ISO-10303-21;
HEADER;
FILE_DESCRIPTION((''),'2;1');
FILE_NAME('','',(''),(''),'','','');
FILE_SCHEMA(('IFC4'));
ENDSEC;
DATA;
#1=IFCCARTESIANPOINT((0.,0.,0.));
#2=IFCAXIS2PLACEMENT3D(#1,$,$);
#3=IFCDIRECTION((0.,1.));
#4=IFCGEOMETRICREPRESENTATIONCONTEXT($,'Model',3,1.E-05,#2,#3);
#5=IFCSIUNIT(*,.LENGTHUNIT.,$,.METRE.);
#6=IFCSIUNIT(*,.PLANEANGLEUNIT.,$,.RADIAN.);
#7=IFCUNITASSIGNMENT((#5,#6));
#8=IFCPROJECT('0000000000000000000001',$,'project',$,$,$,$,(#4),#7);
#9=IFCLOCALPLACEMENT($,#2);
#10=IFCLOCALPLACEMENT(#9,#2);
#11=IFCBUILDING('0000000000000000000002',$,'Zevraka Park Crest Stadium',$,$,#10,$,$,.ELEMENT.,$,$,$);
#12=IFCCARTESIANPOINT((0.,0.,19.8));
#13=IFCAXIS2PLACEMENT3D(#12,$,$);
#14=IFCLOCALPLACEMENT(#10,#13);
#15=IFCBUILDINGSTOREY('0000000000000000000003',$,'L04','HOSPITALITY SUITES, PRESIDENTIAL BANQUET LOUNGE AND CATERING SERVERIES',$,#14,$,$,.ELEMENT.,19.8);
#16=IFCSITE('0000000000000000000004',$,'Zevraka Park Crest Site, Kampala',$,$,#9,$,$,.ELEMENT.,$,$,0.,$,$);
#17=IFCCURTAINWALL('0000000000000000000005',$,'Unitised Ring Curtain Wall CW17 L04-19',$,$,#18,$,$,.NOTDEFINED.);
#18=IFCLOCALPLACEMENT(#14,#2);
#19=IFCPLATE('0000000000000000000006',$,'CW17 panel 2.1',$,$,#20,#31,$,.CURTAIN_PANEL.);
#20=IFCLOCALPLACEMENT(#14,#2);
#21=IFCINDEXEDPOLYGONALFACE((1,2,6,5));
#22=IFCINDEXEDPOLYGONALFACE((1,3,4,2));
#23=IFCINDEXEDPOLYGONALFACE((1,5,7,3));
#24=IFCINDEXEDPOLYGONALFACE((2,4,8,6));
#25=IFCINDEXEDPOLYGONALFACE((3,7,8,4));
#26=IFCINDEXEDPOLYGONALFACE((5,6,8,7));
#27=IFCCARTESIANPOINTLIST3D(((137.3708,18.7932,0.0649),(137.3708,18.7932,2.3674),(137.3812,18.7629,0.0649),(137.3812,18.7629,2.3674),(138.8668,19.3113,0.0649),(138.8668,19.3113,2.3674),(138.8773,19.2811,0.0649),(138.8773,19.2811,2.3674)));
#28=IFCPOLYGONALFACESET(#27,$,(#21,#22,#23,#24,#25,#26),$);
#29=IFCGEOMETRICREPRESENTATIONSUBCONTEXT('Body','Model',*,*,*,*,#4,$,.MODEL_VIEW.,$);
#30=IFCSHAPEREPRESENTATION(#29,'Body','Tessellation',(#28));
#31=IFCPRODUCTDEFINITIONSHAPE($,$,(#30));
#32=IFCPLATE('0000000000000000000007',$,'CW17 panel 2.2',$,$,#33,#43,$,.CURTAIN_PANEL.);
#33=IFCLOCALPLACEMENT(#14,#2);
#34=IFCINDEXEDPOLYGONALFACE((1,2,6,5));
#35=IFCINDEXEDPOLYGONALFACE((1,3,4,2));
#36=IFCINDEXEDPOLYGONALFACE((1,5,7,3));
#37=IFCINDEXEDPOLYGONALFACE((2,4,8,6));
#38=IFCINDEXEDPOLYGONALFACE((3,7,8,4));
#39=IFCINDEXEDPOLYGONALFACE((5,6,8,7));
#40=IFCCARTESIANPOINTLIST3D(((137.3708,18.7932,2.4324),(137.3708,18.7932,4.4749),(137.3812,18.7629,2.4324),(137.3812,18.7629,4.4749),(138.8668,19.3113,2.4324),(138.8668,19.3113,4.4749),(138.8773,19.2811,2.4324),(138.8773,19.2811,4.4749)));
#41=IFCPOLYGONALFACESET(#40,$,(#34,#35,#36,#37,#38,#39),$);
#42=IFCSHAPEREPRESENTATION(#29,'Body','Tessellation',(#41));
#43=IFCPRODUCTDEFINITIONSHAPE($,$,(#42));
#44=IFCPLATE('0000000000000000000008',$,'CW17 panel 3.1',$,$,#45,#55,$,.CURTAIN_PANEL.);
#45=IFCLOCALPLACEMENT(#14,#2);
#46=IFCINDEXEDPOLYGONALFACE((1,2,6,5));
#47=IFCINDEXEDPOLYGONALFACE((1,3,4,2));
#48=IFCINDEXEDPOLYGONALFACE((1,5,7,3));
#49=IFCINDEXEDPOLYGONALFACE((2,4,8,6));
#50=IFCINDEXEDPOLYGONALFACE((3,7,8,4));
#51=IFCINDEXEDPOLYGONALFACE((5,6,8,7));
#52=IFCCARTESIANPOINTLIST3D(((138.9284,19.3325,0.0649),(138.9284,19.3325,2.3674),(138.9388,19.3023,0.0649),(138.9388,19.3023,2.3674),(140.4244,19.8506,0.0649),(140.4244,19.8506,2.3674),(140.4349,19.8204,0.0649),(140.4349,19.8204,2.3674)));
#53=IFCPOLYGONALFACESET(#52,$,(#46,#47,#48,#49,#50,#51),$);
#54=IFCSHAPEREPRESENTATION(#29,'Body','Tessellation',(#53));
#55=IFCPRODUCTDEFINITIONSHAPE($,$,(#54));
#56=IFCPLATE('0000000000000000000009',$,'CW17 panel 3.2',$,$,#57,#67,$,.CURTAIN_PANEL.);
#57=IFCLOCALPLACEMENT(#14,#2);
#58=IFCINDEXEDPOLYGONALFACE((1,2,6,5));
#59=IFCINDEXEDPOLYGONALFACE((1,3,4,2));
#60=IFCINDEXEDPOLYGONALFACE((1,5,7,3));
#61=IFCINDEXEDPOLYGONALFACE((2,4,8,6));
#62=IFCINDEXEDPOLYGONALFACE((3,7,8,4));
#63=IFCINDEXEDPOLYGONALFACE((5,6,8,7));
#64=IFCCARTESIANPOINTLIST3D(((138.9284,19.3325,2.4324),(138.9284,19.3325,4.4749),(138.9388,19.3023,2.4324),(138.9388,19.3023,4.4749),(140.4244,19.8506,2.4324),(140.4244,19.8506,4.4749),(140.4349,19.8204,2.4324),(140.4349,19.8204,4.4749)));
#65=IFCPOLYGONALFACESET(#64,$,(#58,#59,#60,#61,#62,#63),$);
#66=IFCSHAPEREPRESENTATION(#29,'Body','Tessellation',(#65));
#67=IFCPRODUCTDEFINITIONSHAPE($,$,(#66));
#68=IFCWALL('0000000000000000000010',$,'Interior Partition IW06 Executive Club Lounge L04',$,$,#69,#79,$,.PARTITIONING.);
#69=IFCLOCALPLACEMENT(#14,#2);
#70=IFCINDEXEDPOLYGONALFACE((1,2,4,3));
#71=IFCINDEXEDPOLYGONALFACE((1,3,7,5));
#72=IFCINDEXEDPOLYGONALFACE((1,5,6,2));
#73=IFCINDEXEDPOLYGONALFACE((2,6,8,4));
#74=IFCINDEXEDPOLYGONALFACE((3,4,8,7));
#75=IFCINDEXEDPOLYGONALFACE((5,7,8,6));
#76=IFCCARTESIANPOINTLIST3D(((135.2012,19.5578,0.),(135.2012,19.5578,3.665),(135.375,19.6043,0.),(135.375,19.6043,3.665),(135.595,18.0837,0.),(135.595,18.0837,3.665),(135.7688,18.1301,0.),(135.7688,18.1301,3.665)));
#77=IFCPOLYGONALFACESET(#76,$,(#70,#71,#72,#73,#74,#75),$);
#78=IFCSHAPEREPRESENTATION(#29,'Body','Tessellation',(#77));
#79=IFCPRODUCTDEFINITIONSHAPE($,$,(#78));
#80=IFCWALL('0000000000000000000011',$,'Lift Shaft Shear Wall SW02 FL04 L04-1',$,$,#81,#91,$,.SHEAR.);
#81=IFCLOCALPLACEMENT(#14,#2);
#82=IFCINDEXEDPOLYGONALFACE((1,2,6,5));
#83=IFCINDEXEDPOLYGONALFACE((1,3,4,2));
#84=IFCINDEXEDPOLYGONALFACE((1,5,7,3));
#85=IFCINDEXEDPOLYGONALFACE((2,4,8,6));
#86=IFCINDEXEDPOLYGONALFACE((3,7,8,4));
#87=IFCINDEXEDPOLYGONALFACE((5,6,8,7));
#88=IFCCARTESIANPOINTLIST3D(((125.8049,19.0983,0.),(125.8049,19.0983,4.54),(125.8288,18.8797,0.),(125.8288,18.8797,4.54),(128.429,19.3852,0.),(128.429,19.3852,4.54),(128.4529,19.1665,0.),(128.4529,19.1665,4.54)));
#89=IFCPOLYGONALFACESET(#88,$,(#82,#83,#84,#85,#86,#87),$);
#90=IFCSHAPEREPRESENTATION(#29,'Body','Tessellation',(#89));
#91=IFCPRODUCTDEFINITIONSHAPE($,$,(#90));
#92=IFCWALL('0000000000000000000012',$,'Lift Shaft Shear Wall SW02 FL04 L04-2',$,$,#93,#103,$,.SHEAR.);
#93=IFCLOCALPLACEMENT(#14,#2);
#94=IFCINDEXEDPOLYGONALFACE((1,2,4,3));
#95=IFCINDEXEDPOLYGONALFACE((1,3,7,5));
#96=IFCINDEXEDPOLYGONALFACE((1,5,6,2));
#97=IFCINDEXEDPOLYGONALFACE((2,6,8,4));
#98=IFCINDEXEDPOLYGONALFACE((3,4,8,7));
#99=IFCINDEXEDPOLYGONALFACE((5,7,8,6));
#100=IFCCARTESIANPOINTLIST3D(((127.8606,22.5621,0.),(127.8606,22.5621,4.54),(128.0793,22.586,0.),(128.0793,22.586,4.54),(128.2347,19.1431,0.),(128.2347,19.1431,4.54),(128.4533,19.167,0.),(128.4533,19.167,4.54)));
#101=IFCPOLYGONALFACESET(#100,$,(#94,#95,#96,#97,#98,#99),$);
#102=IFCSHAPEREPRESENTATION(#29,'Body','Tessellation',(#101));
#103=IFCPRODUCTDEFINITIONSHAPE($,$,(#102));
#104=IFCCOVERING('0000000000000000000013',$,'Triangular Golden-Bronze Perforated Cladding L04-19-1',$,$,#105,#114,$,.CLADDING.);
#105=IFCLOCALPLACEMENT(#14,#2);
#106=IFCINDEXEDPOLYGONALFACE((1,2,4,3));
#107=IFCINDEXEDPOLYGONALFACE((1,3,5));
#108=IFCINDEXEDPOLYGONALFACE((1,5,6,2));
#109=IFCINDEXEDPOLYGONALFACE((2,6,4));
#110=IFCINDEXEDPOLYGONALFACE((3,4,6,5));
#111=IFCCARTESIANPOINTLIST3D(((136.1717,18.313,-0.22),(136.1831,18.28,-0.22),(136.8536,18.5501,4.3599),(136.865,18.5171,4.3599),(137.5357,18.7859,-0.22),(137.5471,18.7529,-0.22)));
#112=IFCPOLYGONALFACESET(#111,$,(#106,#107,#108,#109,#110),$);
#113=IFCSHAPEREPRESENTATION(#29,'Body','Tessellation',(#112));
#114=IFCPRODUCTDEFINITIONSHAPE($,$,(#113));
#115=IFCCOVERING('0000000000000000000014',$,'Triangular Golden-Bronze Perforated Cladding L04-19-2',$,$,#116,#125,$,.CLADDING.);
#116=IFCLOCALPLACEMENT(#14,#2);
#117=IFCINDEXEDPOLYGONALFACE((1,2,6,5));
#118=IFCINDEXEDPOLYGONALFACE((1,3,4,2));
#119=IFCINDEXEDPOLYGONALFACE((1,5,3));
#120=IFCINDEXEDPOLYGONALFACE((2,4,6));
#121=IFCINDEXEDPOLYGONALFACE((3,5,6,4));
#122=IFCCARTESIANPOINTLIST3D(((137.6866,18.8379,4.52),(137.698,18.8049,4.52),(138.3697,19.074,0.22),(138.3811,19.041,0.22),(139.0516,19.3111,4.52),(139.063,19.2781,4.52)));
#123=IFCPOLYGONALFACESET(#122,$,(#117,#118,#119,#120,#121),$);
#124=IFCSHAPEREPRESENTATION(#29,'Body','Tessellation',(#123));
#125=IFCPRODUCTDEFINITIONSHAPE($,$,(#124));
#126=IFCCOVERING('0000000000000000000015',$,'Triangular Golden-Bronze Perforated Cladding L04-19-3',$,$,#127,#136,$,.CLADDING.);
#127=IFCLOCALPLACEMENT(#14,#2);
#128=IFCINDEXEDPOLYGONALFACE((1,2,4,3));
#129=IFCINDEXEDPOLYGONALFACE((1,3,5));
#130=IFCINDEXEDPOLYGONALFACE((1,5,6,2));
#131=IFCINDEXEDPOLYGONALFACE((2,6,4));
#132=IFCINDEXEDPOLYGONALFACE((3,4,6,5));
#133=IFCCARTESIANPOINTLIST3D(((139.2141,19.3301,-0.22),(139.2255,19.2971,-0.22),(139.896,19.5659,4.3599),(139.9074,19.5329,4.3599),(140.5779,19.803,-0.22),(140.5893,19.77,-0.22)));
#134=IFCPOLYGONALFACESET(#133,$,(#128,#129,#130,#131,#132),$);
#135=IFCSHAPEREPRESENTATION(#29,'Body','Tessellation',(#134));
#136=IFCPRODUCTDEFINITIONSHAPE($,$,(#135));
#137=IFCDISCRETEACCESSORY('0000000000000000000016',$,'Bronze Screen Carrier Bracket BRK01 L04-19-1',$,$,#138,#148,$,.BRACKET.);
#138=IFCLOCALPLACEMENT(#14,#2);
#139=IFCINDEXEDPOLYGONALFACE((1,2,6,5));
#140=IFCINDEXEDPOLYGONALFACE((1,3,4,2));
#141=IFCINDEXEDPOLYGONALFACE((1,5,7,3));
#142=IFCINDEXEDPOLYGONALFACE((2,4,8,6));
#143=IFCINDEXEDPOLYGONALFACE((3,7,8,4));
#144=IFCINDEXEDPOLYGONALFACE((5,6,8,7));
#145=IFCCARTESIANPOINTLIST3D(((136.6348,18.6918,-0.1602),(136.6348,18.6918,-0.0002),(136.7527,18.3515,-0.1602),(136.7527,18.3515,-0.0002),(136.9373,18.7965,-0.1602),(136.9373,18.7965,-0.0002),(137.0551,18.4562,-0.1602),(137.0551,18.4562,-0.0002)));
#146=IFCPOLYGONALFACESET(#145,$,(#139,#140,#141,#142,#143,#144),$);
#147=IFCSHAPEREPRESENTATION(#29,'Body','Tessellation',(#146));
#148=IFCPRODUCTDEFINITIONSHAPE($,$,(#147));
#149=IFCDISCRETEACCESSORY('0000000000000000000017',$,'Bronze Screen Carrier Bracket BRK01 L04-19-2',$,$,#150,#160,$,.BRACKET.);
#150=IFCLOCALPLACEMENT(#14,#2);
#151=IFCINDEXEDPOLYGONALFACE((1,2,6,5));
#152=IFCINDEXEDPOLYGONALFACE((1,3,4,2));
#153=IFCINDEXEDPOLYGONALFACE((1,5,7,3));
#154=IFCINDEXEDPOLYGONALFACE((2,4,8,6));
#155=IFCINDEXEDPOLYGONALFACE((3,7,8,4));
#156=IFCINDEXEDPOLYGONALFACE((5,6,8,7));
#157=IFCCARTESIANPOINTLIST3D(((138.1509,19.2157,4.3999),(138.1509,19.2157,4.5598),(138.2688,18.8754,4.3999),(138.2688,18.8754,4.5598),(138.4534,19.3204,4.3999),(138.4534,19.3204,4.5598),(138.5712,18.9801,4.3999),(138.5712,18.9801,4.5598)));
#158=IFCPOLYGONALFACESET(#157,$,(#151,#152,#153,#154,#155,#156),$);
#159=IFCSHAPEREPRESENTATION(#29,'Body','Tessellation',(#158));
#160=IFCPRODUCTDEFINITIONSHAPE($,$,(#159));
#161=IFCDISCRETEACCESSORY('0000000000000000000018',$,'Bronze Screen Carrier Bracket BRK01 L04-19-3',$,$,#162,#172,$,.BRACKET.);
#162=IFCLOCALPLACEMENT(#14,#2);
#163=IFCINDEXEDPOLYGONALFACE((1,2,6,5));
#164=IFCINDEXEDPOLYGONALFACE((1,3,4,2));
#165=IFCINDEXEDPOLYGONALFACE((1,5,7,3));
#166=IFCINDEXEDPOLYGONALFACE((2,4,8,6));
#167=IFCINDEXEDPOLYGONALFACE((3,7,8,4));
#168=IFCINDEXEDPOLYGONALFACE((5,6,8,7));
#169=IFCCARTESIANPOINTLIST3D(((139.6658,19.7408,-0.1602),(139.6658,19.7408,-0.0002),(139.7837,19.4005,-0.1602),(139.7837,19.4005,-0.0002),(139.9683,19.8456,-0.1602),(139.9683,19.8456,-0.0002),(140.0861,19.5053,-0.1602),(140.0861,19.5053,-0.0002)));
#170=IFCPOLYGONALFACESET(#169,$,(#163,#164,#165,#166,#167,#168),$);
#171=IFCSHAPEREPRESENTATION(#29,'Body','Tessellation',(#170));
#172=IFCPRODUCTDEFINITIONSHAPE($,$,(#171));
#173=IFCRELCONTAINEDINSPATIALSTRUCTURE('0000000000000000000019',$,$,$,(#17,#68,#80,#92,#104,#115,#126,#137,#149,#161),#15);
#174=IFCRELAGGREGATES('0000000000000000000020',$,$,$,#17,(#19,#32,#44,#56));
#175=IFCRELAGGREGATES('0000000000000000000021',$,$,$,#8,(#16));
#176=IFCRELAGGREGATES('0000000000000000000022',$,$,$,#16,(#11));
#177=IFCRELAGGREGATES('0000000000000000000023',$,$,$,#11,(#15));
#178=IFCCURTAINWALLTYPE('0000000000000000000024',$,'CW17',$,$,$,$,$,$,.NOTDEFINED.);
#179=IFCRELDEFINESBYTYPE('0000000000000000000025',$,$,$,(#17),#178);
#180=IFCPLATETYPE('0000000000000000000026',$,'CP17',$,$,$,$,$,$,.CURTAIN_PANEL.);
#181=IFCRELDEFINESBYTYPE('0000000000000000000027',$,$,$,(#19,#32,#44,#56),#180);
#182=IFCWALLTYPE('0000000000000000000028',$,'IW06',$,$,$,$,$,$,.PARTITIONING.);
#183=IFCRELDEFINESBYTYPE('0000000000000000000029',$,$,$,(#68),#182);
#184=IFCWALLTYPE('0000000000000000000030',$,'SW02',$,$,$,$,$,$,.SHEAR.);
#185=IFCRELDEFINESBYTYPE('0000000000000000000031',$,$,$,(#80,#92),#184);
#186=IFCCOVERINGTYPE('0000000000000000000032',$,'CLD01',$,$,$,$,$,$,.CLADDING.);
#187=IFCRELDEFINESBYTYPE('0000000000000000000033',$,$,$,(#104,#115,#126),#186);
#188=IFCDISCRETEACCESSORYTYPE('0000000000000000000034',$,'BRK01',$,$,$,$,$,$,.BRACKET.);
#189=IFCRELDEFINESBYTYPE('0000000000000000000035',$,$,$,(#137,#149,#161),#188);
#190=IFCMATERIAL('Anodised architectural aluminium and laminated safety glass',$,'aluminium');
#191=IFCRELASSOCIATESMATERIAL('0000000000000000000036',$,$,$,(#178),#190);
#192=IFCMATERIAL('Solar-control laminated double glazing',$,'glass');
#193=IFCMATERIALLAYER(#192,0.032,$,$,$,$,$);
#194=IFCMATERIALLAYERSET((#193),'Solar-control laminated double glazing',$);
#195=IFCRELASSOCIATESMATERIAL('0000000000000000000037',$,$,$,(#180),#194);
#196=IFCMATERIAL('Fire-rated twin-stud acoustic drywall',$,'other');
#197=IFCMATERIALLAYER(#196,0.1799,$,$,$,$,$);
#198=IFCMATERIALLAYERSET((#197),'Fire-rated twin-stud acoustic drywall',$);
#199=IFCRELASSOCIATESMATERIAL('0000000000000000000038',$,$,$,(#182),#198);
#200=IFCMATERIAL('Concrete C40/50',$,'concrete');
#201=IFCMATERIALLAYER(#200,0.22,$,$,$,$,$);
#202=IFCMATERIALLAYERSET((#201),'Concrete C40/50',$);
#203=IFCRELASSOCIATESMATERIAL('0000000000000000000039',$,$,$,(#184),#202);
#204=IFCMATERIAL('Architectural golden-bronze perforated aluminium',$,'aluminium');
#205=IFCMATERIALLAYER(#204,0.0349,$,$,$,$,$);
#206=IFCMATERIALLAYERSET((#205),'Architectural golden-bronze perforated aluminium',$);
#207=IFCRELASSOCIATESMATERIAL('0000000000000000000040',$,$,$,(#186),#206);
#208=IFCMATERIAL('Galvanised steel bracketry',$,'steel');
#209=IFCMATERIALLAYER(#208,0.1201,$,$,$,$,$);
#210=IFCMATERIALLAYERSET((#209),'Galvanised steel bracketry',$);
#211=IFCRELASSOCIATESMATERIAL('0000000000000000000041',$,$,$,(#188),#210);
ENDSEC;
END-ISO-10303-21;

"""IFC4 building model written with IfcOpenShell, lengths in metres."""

from ifc_helpers import new_model, si_unit, direction, frame, frame_2d, origin, origin_2d, place, context, subcontext, project, spatial, polyline, rectangle, outline, extrude, material, layer, layer_set, type_object, element, aggregate, save


model = new_model("IFC4")

# Units and contexts
model_context = context("Model", 3, precision=1e-05, world=origin(), true_north=direction((0.0, 1.0)))
body_context = subcontext(model_context, "Body", "Model", "MODEL_VIEW")
ifc_project = project(units=[si_unit("LENGTHUNIT", "METRE"), si_unit("PLANEANGLEUNIT", "RADIAN")], contexts=[model_context])

# Site, building, storey
site_placement = place(None, origin())
site = spatial("IfcSite", under=ifc_project, at=site_placement, Name="Zevraka Park Crest Site, Kampala", CompositionType="ELEMENT", RefElevation=0.0)
building_placement = place(site_placement, origin())
building = spatial("IfcBuilding", under=site, at=building_placement, Name="Zevraka Park Crest Stadium", CompositionType="ELEMENT")
storey_placement = place(building_placement, frame((0.0, 0.0, 19.8)))
storey = spatial("IfcBuildingStorey", under=building, at=storey_placement, Name="L04", Description="HOSPITALITY SUITES, PRESIDENTIAL BANQUET LOUNGE AND CATERING SERVERIES", CompositionType="ELEMENT", Elevation=19.8)

# Curtain wall
ifc_material_1 = material(Name="Anodised architectural aluminium and laminated safety glass", Category="aluminium")
curtain_wall_type = type_object("IfcCurtainWallType", Name="CW17", PredefinedType="NOTDEFINED", material=ifc_material_1)
curtain_wall_placement = place(storey_placement, origin())
curtain_wall = element("IfcCurtainWall", 1, at=curtain_wall_placement, inside=storey, type_object=curtain_wall_type, Name="Unitised Ring Curtain Wall CW17 L04-19", PredefinedType="NOTDEFINED")

# Plates
ifc_material_2 = material(Name="Solar-control laminated double glazing", Category="glass")
ifc_layer_1 = layer(ifc_material_2, 0.032)
ifc_layer_set_1 = layer_set([ifc_layer_1], Name="Solar-control laminated double glazing")
plate_type = type_object("IfcPlateType", Name="CP17", PredefinedType="CURTAIN_PANEL", material=ifc_layer_set_1)
plate_1_placement = place(storey_placement, frame((138.124, 19.0371, 0.0649), z_axis=(0.0, 0.0, 1.0), x_axis=(0.94494, 0.327245, 0.0)))
plate_1 = element("IfcPlate", 2, at=plate_1_placement, type_object=plate_type, Name="CW17 panel 2.1", PredefinedType="CURTAIN_PANEL", context=body_context, shape_type="SweptSolid", body=[
    extrude(rectangle(XDim=1.5833, YDim=0.032, at=origin_2d()), origin(), (0.0, 0.0, 1.0), 2.3025),
])
plate_2_placement = place(storey_placement, frame((138.124, 19.0371, 2.4324), z_axis=(0.0, 0.0, 1.0), x_axis=(0.94494, 0.327245, 0.0)))
plate_2 = element("IfcPlate", 3, at=plate_2_placement, type_object=plate_type, Name="CW17 panel 2.2", PredefinedType="CURTAIN_PANEL", context=body_context, shape_type="SweptSolid", body=[
    extrude(rectangle(XDim=1.5833, YDim=0.032, at=origin_2d()), origin(), (0.0, 0.0, 1.0), 2.0425),
])
plate_3_placement = place(storey_placement, frame((139.6816, 19.5764, 0.0649), z_axis=(0.0, 0.0, 1.0), x_axis=(0.94494, 0.327245, 0.0)))
plate_3 = element("IfcPlate", 4, at=plate_3_placement, type_object=plate_type, Name="CW17 panel 3.1", PredefinedType="CURTAIN_PANEL", context=body_context, shape_type="SweptSolid", body=[
    extrude(rectangle(XDim=1.5833, YDim=0.032, at=origin_2d()), origin(), (0.0, 0.0, 1.0), 2.3025),
])
plate_4_placement = place(storey_placement, frame((139.6816, 19.5764, 2.4324), z_axis=(0.0, 0.0, 1.0), x_axis=(0.94494, 0.327245, 0.0)))
plate_4 = element("IfcPlate", 5, at=plate_4_placement, type_object=plate_type, Name="CW17 panel 3.2", PredefinedType="CURTAIN_PANEL", context=body_context, shape_type="SweptSolid", body=[
    extrude(rectangle(XDim=1.5833, YDim=0.032, at=origin_2d()), origin(), (0.0, 0.0, 1.0), 2.0425),
])
aggregate(curtain_wall, [plate_1, plate_2, plate_3, plate_4])

# Walls
ifc_material_3 = material(Name="Fire-rated twin-stud acoustic drywall", Category="other")
ifc_layer_2 = layer(ifc_material_3, 0.1799)
ifc_layer_set_2 = layer_set([ifc_layer_2], Name="Fire-rated twin-stud acoustic drywall")
wall_type_1 = type_object("IfcWallType", Name="IW06", PredefinedType="PARTITIONING", material=ifc_layer_set_2)
wall_1_placement = place(storey_placement, frame((135.2881, 19.5811, 0.0), z_axis=(0.0, 0.0, 1.0), x_axis=(0.258091, -0.966121, 0.0)))
element("IfcWall", 6, at=wall_1_placement, inside=storey, type_object=wall_type_1, Name="Interior Partition IW06 Executive Club Lounge L04", PredefinedType="PARTITIONING", context=body_context, shape_type="SweptSolid", body=[
    extrude(rectangle(XDim=1.5259, YDim=0.1799, at=frame_2d((0.7629, 0.0))), origin(), (0.0, 0.0, 1.0), 3.665),
])
ifc_material_4 = material(Name="Concrete C40/50", Category="concrete")
ifc_layer_3 = layer(ifc_material_4, 0.22)
ifc_layer_set_3 = layer_set([ifc_layer_3], Name="Concrete C40/50")
wall_type_2 = type_object("IfcWallType", Name="SW02", PredefinedType="SHEAR", material=ifc_layer_set_3)
wall_2_placement = place(storey_placement, frame((125.8169, 18.989, 0.0), z_axis=(0.0, 0.0, 1.0), x_axis=(0.994077, 0.108675, 0.0)))
element("IfcWall", 7, at=wall_2_placement, inside=storey, type_object=wall_type_2, Name="Lift Shaft Shear Wall SW02 FL04 L04-1", PredefinedType="SHEAR", context=body_context, shape_type="SweptSolid", body=[
    extrude(rectangle(XDim=2.6396, YDim=0.22, at=frame_2d((1.3198, 0.0))), origin(), (0.0, 0.0, 1.0), 4.54),
])
wall_3_placement = place(storey_placement, frame((128.344, 19.155, 0.0), z_axis=(0.0, 0.0, 1.0), x_axis=(-0.108749, 0.994069, 0.0)))
element("IfcWall", 8, at=wall_3_placement, inside=storey, type_object=wall_type_2, Name="Lift Shaft Shear Wall SW02 FL04 L04-2", PredefinedType="SHEAR", context=body_context, shape_type="SweptSolid", body=[
    extrude(rectangle(XDim=3.4395, YDim=0.22, at=frame_2d((1.7197, 0.0))), origin(), (0.0, 0.0, 1.0), 4.54),
])

# Coverings
ifc_material_5 = material(Name="Architectural golden-bronze perforated aluminium", Category="aluminium")
ifc_layer_4 = layer(ifc_material_5, 0.0349)
ifc_layer_set_4 = layer_set([ifc_layer_4], Name="Architectural golden-bronze perforated aluminium")
covering_type = type_object("IfcCoveringType", Name="CLD01", PredefinedType="CLADDING", material=ifc_layer_set_4)
covering_1_placement = place(storey_placement, frame((136.1831, 18.28, -0.22), z_axis=(0.327569, -0.944827, 0.000135), x_axis=(0.944827, 0.327569, 0.0)))
element("IfcCovering", 9, at=covering_1_placement, inside=storey, type_object=covering_type, Name="Triangular Golden-Bronze Perforated Cladding L04-19-1", PredefinedType="CLADDING", context=body_context, shape_type="SweptSolid", body=[
    extrude(outline(polyline([(0.0, 0.0), (1.4437, 0.0), (0.7219, 4.5798), (0.0, 0.0)])), origin(), (0.0, 0.0, -1.0), 0.0349),
])
covering_2_placement = place(storey_placement, frame((139.063, 19.2781, 4.52), z_axis=(0.327511, -0.944847, 0.000154), x_axis=(-0.944847, -0.327511, 0.0)))
element("IfcCovering", 10, at=covering_2_placement, inside=storey, type_object=covering_type, Name="Triangular Golden-Bronze Perforated Cladding L04-19-2", PredefinedType="CLADDING", context=body_context, shape_type="SweptSolid", body=[
    extrude(outline(polyline([(0.0, 0.0), (1.4447, 0.0), (0.7219, 4.3), (0.0, 0.0)])), origin(), (0.0, 0.0, -1.0), 0.0349),
])
covering_3_placement = place(storey_placement, frame((139.2141, 19.3301, -0.22), z_axis=(-0.327622, 0.944809, 0.000126), x_axis=(0.944809, 0.327622, 0.0)))
element("IfcCovering", 11, at=covering_3_placement, inside=storey, type_object=covering_type, Name="Triangular Golden-Bronze Perforated Cladding L04-19-3", PredefinedType="CLADDING", context=body_context, shape_type="SweptSolid", body=[
    extrude(outline(polyline([(0.0, 0.0), (1.4434, 0.0), (0.7215, -4.5798), (0.0, 0.0)])), origin(), (0.0, 0.0, -1.0), 0.0349),
])

# Discrete accessories
ifc_material_6 = material(Name="Galvanised steel bracketry", Category="steel")
ifc_layer_5 = layer(ifc_material_6, 0.1201)
ifc_layer_set_5 = layer_set([ifc_layer_5], Name="Galvanised steel bracketry")
discrete_accessory_type = type_object("IfcDiscreteAccessoryType", Name="BRK01", PredefinedType="BRACKET", material=ifc_layer_set_5)
for number, where, z_axis, x_axis, name in (
    (12, (136.845, 18.574, -0.1602), (0.0, 0.0, 1.0), (0.944949, 0.327218, 0.0), "Bronze Screen Carrier Bracket BRK01 L04-19-1"),
    (13, (138.3611, 19.0979, 4.3999), (0.0, 0.0, 1.0), (0.944949, 0.327218, 0.0), "Bronze Screen Carrier Bracket BRK01 L04-19-2"),
    (14, (139.876, 19.623, -0.1602), (0.0, 0.0, 1.0), (0.944949, 0.327218, 0.0), "Bronze Screen Carrier Bracket BRK01 L04-19-3"),
):
    element("IfcDiscreteAccessory", number, at=place(storey_placement, frame(where, z_axis=z_axis, x_axis=x_axis)), inside=storey, type_object=discrete_accessory_type, Name=name, PredefinedType="BRACKET", context=body_context, shape_type="SweptSolid", body=[
        extrude(rectangle(XDim=0.3201, YDim=0.3601, at=origin_2d()), origin(), (0.0, 0.0, 1.0), 0.1599),
    ])

save(model, "model.ifc")
